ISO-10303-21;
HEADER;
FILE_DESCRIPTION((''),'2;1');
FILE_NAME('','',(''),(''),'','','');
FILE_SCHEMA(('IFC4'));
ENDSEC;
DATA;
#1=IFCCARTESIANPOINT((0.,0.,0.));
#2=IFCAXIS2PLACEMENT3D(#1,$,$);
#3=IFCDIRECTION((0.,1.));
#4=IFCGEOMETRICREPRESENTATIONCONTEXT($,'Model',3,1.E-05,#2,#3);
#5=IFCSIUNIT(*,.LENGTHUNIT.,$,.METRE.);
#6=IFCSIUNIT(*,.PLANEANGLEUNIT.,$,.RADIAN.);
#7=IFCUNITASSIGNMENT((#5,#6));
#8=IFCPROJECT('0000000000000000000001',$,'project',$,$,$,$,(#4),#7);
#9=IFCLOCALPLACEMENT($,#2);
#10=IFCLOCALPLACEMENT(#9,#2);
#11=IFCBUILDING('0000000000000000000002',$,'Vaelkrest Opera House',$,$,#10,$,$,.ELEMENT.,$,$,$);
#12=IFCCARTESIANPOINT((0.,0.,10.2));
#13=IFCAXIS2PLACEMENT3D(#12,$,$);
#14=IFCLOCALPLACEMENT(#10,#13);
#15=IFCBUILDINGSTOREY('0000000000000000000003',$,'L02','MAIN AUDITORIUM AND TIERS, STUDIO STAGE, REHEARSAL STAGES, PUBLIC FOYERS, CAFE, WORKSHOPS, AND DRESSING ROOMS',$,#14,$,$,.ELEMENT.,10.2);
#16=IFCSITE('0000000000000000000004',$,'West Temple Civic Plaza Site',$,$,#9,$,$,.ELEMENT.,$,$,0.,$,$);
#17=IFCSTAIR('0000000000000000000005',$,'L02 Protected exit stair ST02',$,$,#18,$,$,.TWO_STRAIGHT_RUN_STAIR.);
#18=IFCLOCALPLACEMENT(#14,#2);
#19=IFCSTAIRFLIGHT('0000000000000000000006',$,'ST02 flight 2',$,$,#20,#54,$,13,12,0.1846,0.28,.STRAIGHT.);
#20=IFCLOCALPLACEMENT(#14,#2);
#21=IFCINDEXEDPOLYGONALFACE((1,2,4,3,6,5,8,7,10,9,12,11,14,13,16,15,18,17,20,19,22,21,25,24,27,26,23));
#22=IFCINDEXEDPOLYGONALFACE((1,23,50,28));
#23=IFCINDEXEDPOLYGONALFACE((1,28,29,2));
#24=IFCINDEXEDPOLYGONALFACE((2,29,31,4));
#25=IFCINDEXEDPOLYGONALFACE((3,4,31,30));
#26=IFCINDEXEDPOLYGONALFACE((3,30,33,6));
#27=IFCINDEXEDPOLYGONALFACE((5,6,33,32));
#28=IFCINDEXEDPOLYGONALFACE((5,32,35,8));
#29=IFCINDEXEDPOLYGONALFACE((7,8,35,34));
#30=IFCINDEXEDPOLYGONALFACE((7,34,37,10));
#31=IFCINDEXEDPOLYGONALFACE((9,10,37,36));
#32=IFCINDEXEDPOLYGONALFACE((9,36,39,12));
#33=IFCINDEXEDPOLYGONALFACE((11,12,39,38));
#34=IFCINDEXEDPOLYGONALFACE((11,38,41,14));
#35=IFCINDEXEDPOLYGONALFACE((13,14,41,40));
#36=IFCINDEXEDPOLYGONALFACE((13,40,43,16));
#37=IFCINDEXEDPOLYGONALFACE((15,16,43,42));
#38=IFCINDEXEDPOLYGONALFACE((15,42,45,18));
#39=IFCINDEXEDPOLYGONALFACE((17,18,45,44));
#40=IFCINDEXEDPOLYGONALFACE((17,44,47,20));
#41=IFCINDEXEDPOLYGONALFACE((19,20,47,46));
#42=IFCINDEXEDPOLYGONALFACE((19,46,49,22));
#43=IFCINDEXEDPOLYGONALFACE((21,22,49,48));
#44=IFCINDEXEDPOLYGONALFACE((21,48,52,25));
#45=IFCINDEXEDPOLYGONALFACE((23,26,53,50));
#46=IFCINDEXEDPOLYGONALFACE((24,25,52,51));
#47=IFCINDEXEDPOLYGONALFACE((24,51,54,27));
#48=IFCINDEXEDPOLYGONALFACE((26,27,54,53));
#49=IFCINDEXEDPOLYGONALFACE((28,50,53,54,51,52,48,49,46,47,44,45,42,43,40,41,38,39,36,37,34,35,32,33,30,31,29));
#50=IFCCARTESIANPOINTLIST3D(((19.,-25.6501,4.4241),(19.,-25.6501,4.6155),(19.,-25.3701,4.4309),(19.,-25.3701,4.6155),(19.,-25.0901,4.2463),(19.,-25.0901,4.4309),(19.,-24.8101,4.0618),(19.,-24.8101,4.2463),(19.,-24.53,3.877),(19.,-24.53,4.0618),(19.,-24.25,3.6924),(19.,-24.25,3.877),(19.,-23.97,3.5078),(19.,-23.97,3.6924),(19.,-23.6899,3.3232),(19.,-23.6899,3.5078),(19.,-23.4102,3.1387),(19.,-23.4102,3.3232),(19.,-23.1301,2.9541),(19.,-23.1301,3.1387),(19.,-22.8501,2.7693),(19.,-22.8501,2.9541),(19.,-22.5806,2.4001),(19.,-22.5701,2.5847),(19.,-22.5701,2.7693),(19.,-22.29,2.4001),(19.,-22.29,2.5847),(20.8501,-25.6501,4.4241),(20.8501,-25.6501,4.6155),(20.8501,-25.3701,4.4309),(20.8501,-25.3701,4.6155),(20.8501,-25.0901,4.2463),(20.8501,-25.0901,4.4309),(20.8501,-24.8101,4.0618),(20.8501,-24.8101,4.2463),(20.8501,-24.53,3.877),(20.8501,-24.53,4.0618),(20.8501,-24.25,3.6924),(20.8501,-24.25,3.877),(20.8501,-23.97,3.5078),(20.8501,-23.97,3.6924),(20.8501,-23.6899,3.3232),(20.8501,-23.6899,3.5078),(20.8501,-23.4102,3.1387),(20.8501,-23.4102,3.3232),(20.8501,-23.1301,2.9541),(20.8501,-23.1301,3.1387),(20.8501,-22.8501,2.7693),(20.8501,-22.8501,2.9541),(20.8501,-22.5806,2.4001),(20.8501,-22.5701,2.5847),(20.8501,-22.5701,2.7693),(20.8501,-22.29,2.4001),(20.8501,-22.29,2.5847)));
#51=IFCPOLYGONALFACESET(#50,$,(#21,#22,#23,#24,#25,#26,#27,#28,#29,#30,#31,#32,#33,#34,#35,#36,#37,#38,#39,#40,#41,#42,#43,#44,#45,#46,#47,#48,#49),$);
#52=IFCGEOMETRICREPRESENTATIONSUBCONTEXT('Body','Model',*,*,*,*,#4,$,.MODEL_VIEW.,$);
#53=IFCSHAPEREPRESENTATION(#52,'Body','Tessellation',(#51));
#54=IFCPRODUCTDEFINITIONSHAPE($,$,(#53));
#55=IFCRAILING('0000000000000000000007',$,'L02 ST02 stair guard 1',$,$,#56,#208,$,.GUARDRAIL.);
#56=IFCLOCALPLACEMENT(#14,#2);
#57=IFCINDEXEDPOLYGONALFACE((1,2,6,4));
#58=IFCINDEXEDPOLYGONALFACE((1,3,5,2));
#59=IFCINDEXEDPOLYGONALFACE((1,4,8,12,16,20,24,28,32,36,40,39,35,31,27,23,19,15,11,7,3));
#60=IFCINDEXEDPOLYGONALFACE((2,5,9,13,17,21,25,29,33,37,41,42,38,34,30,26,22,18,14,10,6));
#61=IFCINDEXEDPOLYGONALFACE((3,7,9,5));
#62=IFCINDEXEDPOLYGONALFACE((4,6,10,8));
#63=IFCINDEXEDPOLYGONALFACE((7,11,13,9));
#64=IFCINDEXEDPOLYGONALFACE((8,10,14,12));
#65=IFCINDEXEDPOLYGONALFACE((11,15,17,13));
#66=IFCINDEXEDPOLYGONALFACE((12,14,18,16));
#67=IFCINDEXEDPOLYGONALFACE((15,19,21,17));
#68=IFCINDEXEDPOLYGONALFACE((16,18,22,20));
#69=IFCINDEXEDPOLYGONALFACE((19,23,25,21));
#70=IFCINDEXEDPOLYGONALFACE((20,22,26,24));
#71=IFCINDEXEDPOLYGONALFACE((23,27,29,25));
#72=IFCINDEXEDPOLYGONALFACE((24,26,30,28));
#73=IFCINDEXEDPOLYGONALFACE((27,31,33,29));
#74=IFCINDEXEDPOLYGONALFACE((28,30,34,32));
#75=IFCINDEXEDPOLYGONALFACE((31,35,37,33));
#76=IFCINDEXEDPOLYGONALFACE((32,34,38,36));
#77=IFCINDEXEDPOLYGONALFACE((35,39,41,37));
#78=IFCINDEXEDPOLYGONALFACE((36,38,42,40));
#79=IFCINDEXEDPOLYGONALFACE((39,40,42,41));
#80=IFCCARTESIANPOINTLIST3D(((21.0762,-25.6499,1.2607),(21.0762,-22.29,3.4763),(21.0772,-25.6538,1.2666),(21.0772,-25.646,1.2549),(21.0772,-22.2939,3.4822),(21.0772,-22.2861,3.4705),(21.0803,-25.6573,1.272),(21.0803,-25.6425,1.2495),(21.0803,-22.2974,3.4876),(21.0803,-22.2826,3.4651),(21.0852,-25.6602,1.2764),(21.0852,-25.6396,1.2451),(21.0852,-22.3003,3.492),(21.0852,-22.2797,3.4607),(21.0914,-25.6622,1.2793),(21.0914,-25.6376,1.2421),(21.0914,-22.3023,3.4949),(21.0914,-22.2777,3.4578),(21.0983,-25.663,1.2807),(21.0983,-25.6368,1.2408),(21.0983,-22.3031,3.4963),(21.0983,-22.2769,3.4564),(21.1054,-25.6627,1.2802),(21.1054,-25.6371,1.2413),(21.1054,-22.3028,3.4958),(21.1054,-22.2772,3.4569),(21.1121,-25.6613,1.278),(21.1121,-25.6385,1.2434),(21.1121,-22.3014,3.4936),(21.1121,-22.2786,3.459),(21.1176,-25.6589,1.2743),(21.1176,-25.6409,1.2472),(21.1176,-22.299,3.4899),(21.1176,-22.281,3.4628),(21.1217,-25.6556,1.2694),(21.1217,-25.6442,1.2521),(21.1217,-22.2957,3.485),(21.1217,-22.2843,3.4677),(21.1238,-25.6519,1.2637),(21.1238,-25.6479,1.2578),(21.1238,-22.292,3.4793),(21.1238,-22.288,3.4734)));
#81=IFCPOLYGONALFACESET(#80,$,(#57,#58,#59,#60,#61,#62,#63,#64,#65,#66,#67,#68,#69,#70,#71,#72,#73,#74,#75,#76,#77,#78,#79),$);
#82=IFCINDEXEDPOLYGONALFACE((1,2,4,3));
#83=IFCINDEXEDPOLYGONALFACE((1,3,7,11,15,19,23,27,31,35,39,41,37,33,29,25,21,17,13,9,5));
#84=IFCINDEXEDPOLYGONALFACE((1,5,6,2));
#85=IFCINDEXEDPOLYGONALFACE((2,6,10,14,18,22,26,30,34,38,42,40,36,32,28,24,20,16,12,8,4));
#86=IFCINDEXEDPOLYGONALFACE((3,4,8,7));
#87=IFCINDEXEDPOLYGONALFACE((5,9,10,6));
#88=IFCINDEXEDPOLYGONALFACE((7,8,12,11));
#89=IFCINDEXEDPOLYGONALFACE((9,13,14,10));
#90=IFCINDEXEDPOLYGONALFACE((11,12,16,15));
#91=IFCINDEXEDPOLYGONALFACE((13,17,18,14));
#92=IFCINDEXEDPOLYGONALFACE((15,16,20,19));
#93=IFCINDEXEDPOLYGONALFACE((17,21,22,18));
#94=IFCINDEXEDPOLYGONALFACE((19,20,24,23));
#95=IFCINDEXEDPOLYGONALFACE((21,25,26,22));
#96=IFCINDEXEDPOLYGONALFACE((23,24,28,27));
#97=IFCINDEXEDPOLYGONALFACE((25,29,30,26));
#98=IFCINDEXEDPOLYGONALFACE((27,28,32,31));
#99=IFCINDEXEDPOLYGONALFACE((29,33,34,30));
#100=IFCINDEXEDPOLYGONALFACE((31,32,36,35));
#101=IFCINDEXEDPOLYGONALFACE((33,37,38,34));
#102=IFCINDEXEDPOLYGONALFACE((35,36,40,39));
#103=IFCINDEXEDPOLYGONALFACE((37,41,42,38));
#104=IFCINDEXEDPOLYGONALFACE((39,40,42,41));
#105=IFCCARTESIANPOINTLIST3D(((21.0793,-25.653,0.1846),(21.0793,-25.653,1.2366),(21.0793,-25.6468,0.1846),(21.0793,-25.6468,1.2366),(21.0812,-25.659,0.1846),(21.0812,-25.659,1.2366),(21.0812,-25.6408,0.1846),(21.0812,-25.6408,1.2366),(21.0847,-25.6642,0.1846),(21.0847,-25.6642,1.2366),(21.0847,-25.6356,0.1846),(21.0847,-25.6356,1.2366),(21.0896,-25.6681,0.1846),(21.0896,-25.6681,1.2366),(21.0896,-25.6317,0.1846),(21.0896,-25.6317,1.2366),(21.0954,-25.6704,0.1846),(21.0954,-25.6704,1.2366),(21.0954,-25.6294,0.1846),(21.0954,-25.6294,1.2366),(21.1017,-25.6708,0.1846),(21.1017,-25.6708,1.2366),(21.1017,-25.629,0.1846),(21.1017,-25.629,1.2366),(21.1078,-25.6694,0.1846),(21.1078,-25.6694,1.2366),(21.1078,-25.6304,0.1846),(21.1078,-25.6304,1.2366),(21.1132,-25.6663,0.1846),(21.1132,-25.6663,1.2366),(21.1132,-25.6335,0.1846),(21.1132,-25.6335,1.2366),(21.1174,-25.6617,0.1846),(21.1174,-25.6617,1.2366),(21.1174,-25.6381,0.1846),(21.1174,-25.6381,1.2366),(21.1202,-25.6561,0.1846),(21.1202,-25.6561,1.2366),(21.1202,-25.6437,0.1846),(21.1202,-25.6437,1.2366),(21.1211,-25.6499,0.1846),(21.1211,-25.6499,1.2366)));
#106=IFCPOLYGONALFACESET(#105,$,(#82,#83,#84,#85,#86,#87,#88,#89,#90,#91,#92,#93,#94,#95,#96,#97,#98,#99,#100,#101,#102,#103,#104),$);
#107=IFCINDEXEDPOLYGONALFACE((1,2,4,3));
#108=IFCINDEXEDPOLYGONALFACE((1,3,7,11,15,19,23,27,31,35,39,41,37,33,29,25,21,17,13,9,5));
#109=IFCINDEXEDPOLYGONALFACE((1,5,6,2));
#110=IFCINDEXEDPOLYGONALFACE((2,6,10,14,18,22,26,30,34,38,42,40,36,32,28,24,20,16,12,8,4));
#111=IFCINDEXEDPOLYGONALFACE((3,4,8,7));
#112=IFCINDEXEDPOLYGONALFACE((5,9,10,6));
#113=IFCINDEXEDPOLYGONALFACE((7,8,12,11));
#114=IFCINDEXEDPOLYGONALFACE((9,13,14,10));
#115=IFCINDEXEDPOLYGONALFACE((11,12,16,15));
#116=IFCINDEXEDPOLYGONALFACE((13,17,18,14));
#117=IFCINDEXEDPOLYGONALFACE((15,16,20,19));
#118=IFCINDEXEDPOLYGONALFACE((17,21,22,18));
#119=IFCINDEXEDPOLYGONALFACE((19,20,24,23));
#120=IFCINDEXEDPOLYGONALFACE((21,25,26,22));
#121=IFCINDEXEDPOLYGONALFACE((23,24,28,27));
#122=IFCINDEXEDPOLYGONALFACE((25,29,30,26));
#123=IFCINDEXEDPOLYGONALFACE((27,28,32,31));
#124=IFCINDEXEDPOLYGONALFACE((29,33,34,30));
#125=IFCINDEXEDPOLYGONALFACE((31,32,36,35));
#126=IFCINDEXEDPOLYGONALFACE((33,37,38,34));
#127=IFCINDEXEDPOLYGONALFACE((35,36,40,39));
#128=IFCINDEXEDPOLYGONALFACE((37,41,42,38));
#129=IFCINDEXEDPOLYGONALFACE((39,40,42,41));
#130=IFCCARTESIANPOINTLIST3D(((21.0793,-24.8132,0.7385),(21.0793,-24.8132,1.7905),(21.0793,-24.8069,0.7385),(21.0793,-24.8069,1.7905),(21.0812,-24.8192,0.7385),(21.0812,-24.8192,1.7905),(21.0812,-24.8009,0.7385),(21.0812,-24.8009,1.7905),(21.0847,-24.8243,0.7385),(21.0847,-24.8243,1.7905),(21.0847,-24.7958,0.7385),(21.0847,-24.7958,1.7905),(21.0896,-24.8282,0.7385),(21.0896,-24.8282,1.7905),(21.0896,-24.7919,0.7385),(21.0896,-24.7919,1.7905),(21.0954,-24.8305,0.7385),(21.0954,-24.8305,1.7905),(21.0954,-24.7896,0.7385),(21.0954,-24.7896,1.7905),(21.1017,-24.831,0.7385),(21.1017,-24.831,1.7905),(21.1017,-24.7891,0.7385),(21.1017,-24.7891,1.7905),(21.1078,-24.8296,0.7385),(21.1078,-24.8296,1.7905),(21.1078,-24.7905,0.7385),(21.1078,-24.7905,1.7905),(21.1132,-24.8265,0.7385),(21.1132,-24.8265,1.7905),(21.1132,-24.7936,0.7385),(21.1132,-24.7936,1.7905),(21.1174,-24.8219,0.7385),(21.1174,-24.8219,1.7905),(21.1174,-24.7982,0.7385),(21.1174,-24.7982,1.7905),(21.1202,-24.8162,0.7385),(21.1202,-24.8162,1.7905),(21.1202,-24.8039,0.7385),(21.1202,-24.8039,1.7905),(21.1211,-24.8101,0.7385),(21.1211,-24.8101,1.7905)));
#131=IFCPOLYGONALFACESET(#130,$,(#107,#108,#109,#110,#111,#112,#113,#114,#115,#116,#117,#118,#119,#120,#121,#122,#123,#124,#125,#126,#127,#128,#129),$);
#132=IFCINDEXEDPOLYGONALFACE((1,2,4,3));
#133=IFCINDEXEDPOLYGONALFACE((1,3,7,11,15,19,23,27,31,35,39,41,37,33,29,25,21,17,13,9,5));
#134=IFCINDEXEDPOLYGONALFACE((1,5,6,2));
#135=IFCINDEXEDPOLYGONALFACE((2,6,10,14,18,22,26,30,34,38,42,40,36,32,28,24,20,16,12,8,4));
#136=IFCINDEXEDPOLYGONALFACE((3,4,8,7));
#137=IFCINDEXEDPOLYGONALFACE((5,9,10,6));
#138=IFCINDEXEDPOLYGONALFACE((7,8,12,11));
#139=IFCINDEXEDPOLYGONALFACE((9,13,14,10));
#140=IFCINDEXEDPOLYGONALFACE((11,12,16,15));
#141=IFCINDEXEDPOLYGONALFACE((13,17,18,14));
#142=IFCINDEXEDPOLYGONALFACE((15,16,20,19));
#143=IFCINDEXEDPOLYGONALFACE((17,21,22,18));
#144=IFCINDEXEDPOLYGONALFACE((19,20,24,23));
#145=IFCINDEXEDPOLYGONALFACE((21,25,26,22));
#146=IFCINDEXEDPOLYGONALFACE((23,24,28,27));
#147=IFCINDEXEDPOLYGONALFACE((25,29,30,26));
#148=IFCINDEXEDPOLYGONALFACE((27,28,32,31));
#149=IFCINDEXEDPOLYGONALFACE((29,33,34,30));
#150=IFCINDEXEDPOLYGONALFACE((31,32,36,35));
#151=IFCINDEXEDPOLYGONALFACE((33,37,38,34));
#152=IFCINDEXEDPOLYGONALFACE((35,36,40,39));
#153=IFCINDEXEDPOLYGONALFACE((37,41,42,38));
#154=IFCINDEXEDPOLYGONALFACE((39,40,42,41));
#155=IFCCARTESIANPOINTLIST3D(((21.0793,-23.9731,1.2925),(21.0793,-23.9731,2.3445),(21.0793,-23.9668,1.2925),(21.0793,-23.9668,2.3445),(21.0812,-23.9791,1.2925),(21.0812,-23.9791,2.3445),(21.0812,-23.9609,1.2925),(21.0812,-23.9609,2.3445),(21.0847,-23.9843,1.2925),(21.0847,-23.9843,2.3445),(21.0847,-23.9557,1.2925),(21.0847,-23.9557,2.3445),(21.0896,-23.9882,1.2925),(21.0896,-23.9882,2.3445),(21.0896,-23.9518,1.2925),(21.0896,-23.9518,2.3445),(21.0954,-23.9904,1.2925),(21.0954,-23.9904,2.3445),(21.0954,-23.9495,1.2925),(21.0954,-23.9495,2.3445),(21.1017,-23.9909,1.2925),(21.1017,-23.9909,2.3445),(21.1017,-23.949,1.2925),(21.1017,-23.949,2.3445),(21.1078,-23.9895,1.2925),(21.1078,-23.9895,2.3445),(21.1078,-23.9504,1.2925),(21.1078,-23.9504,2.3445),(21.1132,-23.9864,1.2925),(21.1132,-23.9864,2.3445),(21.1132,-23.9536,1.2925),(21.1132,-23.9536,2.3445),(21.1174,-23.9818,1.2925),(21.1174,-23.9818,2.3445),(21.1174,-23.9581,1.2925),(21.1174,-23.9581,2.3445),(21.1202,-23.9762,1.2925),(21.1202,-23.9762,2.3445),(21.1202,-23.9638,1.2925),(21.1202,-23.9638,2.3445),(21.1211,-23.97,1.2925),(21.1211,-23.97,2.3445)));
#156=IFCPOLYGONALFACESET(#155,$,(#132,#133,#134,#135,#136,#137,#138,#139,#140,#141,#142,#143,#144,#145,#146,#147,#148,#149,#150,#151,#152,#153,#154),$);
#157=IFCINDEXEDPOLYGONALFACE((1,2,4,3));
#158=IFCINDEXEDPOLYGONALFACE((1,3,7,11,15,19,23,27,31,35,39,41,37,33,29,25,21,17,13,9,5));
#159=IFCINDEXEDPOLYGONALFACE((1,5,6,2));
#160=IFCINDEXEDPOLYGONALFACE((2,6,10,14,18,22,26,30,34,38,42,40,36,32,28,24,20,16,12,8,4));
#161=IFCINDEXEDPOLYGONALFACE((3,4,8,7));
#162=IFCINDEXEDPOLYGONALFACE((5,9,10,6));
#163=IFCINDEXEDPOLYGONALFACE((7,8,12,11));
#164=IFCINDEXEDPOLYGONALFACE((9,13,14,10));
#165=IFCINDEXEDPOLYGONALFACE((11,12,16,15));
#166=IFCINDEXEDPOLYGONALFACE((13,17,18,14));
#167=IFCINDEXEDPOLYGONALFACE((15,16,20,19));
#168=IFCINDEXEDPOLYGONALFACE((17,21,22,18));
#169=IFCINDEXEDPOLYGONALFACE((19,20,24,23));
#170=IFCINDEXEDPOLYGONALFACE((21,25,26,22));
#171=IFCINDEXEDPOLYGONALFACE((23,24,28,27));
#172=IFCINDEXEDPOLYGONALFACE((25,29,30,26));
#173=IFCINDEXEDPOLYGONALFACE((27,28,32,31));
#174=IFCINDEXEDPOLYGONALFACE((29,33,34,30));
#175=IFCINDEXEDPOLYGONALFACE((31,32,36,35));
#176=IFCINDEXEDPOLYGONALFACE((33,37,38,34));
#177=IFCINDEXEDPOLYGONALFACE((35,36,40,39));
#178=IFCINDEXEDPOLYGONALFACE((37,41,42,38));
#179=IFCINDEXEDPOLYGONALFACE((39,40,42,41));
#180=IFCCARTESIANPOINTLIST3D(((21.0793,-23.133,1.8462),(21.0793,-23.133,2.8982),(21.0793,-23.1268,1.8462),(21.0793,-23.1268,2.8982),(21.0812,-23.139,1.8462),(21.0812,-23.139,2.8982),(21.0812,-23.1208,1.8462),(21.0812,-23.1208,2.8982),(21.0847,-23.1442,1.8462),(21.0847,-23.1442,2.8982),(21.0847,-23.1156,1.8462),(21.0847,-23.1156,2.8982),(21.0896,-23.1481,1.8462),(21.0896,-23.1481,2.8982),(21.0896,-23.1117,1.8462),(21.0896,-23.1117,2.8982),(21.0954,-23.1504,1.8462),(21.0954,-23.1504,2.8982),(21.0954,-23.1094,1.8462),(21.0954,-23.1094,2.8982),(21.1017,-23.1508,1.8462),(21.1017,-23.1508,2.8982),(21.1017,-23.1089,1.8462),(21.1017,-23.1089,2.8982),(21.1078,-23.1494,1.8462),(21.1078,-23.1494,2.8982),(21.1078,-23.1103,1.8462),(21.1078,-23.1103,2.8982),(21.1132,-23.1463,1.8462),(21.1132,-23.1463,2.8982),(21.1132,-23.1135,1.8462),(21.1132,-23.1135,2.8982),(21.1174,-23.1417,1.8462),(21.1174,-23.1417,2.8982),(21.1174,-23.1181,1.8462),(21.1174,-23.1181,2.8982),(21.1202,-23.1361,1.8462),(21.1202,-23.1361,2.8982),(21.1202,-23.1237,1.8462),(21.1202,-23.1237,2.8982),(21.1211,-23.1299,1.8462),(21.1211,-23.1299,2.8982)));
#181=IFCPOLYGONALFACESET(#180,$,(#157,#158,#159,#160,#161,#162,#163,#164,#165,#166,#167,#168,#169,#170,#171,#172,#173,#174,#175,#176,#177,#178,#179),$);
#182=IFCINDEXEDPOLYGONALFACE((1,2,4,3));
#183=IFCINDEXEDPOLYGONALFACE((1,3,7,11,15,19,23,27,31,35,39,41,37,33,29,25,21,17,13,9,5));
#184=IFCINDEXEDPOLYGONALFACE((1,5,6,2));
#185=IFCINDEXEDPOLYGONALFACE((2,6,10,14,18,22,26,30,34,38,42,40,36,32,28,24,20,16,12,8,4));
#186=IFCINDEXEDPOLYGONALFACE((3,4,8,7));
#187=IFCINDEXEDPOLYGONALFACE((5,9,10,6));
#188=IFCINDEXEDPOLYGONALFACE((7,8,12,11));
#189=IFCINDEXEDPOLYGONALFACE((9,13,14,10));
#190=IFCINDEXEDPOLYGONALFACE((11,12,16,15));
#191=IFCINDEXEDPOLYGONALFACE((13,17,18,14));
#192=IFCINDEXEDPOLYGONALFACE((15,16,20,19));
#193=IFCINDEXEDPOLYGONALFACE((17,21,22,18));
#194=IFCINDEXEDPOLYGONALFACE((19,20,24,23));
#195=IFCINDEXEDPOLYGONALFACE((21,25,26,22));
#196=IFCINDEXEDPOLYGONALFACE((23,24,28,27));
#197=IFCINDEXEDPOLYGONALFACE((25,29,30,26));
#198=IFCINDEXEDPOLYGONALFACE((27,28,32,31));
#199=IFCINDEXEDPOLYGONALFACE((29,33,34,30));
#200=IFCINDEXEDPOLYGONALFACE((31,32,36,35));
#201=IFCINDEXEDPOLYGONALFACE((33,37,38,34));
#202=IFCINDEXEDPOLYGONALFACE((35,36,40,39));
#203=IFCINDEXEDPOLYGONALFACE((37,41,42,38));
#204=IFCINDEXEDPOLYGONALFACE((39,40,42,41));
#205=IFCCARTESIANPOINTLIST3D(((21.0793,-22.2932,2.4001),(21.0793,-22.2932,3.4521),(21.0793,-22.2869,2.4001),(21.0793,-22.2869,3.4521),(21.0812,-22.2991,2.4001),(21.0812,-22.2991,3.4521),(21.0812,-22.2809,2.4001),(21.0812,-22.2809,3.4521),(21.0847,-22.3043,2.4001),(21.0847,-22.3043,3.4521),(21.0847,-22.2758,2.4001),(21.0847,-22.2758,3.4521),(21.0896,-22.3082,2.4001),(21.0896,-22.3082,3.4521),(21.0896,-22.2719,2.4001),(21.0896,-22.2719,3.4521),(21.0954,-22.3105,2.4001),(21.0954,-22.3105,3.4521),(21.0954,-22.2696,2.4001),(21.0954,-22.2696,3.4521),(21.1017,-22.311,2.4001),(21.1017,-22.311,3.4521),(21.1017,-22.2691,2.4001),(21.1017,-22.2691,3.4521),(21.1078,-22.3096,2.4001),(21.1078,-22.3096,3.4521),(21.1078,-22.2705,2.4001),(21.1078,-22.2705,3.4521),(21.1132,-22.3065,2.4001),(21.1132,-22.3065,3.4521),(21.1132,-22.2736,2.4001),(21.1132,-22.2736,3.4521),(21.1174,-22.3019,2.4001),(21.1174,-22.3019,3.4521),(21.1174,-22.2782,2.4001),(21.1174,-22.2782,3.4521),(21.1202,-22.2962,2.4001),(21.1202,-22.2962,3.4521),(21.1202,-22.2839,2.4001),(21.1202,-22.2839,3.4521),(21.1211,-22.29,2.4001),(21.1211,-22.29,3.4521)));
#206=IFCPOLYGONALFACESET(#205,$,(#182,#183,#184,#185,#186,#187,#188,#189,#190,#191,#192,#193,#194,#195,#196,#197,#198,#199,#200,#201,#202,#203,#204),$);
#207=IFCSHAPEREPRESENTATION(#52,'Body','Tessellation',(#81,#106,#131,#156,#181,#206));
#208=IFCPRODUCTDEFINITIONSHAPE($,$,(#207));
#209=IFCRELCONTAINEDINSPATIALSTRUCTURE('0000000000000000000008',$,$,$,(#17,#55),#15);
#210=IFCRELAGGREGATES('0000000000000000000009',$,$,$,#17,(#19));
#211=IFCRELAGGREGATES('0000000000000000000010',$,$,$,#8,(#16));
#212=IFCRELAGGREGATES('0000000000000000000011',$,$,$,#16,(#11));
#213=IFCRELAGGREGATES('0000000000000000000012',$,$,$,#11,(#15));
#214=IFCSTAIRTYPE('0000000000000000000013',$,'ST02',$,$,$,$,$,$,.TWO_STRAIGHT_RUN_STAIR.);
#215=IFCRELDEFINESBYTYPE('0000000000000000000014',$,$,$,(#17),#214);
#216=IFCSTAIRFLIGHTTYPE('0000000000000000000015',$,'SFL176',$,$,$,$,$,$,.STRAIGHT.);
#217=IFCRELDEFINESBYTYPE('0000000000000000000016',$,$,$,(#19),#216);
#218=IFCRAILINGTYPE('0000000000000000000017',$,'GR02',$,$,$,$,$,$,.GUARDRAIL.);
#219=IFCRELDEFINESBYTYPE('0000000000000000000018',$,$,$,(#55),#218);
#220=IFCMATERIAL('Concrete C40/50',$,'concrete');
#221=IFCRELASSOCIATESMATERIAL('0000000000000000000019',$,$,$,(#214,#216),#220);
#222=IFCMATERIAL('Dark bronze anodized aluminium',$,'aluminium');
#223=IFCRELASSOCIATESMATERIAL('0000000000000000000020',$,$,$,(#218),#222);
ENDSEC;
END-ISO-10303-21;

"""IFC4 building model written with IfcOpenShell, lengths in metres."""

from ifc_helpers import new_model, si_unit, direction, frame, origin, origin_2d, place, context, subcontext, project, spatial, polyline, circle, outline, extrude, material, type_object, element, aggregate, save


model = new_model("IFC4")

# Units and contexts
model_context = context("Model", 3, precision=1e-05, world=origin(), true_north=direction((0.0, 1.0)))
body_context = subcontext(model_context, "Body", "Model", "MODEL_VIEW")
ifc_project = project(units=[si_unit("LENGTHUNIT", "METRE"), si_unit("PLANEANGLEUNIT", "RADIAN")], contexts=[model_context])

# Site, building, storey
site_placement = place(None, origin())
site = spatial("IfcSite", under=ifc_project, at=site_placement, Name="West Temple Civic Plaza Site", CompositionType="ELEMENT", RefElevation=0.0)
building_placement = place(site_placement, origin())
building = spatial("IfcBuilding", under=site, at=building_placement, Name="Vaelkrest Opera House", CompositionType="ELEMENT")
storey_placement = place(building_placement, frame((0.0, 0.0, 10.2)))
storey = spatial("IfcBuildingStorey", under=building, at=storey_placement, Name="L02", Description="MAIN AUDITORIUM AND TIERS, STUDIO STAGE, REHEARSAL STAGES, PUBLIC FOYERS, CAFE, WORKSHOPS, AND DRESSING ROOMS", CompositionType="ELEMENT", Elevation=10.2)

# Shared definitions
ifc_material_1 = material(Name="Concrete C40/50", Category="concrete")

# Stair, stair flight
stair_type = type_object("IfcStairType", Name="ST02", PredefinedType="TWO_STRAIGHT_RUN_STAIR", material=ifc_material_1)
stair_placement = place(storey_placement, origin())
stair = element("IfcStair", 1, at=stair_placement, inside=storey, type_object=stair_type, Name="L02 Protected exit stair ST02", PredefinedType="TWO_STRAIGHT_RUN_STAIR")
stair_flight_type = type_object("IfcStairFlightType", Name="SFL176", PredefinedType="STRAIGHT", material=ifc_material_1)
stair_flight_1_placement = place(storey_placement, frame((19.925, -22.29, 2.4001), z_axis=(0.0, 0.0, 1.0), x_axis=(0.0, -1.0, 0.0)))
stair_flight_1 = element("IfcStairFlight", 2, at=stair_flight_1_placement, type_object=stair_flight_type, Name="ST02 flight 2", NumberOfRisers=13, NumberOfTreads=12, PredefinedType="STRAIGHT", RiserHeight=0.1846, TreadLength=0.28, context=body_context, shape_type="SweptSolid", body=[
    extrude(outline(polyline([(0.0, 0.0), (0.0, 0.1846), (0.28, 0.1846), (0.28, 0.3691), (0.5601, 0.3691), (0.5601, 0.554), (0.8401, 0.554), (0.8401, 0.7385), (1.1201, 0.7385), (1.1201, 0.9231), (1.3999, 0.9231), (1.3999, 1.1077), (1.6799, 1.1077), (1.6799, 1.2922), (1.96, 1.2922), (1.96, 1.4768), (2.24, 1.4768), (2.24, 1.6616), (2.52, 1.6616), (2.52, 1.8462), (2.8, 1.8462), (2.8, 2.0308), (3.0801, 2.0308), (3.0801, 2.2153), (3.3601, 2.2153), (3.3601, 2.3999), (3.3601, 2.0239), (0.2905, 0.0), (0.0, 0.0)])), frame((0.0, 0.925, 0.0), z_axis=(0.0, -1.0, 0.0), x_axis=(1.0, 0.0, 0.0)), (0.0, 0.0, 1.0), 1.8501),
])
aggregate(stair, [stair_flight_1])

# Railing
ifc_material_2 = material(Name="Dark bronze anodized aluminium", Category="aluminium")
railing_type_1 = type_object("IfcRailingType", Name="GR02", PredefinedType="GUARDRAIL", material=ifc_material_2)
railing_1_placement = place(storey_placement, frame((21.1001, -25.6499, 0.1846)))
element("IfcRailing", 3, at=railing_1_placement, inside=storey, type_object=railing_type_1, Name="L02 ST02 stair guard 1", PredefinedType="GUARDRAIL", context=body_context, shape_type="SweptSolid", body=[
    extrude(circle(Radius=0.0239, at=origin_2d()), frame((0.0, 0.0, 1.0762), z_axis=(0.0, 0.83483, 0.550508), x_axis=(-1.0, 0.0, 0.0)), (0.0, 0.0, 1.0), 4.0247),
    extrude(circle(Radius=0.021, at=origin_2d()), origin(), (0.0, 0.0, 1.0), 1.052),
    extrude(circle(Radius=0.021, at=origin_2d()), frame((0.0, 0.8398, 0.554)), (0.0, 0.0, 1.0), 1.052),
    extrude(circle(Radius=0.021, at=origin_2d()), frame((0.0, 1.6799, 1.1079)), (0.0, 0.0, 1.0), 1.052),
    extrude(circle(Radius=0.021, at=origin_2d()), frame((0.0, 2.52, 1.6616)), (0.0, 0.0, 1.0), 1.052),
    extrude(circle(Radius=0.021, at=origin_2d()), frame((0.0, 3.3599, 2.2156)), (0.0, 0.0, 1.0), 1.052),
])

save(model, "model.ifc")
